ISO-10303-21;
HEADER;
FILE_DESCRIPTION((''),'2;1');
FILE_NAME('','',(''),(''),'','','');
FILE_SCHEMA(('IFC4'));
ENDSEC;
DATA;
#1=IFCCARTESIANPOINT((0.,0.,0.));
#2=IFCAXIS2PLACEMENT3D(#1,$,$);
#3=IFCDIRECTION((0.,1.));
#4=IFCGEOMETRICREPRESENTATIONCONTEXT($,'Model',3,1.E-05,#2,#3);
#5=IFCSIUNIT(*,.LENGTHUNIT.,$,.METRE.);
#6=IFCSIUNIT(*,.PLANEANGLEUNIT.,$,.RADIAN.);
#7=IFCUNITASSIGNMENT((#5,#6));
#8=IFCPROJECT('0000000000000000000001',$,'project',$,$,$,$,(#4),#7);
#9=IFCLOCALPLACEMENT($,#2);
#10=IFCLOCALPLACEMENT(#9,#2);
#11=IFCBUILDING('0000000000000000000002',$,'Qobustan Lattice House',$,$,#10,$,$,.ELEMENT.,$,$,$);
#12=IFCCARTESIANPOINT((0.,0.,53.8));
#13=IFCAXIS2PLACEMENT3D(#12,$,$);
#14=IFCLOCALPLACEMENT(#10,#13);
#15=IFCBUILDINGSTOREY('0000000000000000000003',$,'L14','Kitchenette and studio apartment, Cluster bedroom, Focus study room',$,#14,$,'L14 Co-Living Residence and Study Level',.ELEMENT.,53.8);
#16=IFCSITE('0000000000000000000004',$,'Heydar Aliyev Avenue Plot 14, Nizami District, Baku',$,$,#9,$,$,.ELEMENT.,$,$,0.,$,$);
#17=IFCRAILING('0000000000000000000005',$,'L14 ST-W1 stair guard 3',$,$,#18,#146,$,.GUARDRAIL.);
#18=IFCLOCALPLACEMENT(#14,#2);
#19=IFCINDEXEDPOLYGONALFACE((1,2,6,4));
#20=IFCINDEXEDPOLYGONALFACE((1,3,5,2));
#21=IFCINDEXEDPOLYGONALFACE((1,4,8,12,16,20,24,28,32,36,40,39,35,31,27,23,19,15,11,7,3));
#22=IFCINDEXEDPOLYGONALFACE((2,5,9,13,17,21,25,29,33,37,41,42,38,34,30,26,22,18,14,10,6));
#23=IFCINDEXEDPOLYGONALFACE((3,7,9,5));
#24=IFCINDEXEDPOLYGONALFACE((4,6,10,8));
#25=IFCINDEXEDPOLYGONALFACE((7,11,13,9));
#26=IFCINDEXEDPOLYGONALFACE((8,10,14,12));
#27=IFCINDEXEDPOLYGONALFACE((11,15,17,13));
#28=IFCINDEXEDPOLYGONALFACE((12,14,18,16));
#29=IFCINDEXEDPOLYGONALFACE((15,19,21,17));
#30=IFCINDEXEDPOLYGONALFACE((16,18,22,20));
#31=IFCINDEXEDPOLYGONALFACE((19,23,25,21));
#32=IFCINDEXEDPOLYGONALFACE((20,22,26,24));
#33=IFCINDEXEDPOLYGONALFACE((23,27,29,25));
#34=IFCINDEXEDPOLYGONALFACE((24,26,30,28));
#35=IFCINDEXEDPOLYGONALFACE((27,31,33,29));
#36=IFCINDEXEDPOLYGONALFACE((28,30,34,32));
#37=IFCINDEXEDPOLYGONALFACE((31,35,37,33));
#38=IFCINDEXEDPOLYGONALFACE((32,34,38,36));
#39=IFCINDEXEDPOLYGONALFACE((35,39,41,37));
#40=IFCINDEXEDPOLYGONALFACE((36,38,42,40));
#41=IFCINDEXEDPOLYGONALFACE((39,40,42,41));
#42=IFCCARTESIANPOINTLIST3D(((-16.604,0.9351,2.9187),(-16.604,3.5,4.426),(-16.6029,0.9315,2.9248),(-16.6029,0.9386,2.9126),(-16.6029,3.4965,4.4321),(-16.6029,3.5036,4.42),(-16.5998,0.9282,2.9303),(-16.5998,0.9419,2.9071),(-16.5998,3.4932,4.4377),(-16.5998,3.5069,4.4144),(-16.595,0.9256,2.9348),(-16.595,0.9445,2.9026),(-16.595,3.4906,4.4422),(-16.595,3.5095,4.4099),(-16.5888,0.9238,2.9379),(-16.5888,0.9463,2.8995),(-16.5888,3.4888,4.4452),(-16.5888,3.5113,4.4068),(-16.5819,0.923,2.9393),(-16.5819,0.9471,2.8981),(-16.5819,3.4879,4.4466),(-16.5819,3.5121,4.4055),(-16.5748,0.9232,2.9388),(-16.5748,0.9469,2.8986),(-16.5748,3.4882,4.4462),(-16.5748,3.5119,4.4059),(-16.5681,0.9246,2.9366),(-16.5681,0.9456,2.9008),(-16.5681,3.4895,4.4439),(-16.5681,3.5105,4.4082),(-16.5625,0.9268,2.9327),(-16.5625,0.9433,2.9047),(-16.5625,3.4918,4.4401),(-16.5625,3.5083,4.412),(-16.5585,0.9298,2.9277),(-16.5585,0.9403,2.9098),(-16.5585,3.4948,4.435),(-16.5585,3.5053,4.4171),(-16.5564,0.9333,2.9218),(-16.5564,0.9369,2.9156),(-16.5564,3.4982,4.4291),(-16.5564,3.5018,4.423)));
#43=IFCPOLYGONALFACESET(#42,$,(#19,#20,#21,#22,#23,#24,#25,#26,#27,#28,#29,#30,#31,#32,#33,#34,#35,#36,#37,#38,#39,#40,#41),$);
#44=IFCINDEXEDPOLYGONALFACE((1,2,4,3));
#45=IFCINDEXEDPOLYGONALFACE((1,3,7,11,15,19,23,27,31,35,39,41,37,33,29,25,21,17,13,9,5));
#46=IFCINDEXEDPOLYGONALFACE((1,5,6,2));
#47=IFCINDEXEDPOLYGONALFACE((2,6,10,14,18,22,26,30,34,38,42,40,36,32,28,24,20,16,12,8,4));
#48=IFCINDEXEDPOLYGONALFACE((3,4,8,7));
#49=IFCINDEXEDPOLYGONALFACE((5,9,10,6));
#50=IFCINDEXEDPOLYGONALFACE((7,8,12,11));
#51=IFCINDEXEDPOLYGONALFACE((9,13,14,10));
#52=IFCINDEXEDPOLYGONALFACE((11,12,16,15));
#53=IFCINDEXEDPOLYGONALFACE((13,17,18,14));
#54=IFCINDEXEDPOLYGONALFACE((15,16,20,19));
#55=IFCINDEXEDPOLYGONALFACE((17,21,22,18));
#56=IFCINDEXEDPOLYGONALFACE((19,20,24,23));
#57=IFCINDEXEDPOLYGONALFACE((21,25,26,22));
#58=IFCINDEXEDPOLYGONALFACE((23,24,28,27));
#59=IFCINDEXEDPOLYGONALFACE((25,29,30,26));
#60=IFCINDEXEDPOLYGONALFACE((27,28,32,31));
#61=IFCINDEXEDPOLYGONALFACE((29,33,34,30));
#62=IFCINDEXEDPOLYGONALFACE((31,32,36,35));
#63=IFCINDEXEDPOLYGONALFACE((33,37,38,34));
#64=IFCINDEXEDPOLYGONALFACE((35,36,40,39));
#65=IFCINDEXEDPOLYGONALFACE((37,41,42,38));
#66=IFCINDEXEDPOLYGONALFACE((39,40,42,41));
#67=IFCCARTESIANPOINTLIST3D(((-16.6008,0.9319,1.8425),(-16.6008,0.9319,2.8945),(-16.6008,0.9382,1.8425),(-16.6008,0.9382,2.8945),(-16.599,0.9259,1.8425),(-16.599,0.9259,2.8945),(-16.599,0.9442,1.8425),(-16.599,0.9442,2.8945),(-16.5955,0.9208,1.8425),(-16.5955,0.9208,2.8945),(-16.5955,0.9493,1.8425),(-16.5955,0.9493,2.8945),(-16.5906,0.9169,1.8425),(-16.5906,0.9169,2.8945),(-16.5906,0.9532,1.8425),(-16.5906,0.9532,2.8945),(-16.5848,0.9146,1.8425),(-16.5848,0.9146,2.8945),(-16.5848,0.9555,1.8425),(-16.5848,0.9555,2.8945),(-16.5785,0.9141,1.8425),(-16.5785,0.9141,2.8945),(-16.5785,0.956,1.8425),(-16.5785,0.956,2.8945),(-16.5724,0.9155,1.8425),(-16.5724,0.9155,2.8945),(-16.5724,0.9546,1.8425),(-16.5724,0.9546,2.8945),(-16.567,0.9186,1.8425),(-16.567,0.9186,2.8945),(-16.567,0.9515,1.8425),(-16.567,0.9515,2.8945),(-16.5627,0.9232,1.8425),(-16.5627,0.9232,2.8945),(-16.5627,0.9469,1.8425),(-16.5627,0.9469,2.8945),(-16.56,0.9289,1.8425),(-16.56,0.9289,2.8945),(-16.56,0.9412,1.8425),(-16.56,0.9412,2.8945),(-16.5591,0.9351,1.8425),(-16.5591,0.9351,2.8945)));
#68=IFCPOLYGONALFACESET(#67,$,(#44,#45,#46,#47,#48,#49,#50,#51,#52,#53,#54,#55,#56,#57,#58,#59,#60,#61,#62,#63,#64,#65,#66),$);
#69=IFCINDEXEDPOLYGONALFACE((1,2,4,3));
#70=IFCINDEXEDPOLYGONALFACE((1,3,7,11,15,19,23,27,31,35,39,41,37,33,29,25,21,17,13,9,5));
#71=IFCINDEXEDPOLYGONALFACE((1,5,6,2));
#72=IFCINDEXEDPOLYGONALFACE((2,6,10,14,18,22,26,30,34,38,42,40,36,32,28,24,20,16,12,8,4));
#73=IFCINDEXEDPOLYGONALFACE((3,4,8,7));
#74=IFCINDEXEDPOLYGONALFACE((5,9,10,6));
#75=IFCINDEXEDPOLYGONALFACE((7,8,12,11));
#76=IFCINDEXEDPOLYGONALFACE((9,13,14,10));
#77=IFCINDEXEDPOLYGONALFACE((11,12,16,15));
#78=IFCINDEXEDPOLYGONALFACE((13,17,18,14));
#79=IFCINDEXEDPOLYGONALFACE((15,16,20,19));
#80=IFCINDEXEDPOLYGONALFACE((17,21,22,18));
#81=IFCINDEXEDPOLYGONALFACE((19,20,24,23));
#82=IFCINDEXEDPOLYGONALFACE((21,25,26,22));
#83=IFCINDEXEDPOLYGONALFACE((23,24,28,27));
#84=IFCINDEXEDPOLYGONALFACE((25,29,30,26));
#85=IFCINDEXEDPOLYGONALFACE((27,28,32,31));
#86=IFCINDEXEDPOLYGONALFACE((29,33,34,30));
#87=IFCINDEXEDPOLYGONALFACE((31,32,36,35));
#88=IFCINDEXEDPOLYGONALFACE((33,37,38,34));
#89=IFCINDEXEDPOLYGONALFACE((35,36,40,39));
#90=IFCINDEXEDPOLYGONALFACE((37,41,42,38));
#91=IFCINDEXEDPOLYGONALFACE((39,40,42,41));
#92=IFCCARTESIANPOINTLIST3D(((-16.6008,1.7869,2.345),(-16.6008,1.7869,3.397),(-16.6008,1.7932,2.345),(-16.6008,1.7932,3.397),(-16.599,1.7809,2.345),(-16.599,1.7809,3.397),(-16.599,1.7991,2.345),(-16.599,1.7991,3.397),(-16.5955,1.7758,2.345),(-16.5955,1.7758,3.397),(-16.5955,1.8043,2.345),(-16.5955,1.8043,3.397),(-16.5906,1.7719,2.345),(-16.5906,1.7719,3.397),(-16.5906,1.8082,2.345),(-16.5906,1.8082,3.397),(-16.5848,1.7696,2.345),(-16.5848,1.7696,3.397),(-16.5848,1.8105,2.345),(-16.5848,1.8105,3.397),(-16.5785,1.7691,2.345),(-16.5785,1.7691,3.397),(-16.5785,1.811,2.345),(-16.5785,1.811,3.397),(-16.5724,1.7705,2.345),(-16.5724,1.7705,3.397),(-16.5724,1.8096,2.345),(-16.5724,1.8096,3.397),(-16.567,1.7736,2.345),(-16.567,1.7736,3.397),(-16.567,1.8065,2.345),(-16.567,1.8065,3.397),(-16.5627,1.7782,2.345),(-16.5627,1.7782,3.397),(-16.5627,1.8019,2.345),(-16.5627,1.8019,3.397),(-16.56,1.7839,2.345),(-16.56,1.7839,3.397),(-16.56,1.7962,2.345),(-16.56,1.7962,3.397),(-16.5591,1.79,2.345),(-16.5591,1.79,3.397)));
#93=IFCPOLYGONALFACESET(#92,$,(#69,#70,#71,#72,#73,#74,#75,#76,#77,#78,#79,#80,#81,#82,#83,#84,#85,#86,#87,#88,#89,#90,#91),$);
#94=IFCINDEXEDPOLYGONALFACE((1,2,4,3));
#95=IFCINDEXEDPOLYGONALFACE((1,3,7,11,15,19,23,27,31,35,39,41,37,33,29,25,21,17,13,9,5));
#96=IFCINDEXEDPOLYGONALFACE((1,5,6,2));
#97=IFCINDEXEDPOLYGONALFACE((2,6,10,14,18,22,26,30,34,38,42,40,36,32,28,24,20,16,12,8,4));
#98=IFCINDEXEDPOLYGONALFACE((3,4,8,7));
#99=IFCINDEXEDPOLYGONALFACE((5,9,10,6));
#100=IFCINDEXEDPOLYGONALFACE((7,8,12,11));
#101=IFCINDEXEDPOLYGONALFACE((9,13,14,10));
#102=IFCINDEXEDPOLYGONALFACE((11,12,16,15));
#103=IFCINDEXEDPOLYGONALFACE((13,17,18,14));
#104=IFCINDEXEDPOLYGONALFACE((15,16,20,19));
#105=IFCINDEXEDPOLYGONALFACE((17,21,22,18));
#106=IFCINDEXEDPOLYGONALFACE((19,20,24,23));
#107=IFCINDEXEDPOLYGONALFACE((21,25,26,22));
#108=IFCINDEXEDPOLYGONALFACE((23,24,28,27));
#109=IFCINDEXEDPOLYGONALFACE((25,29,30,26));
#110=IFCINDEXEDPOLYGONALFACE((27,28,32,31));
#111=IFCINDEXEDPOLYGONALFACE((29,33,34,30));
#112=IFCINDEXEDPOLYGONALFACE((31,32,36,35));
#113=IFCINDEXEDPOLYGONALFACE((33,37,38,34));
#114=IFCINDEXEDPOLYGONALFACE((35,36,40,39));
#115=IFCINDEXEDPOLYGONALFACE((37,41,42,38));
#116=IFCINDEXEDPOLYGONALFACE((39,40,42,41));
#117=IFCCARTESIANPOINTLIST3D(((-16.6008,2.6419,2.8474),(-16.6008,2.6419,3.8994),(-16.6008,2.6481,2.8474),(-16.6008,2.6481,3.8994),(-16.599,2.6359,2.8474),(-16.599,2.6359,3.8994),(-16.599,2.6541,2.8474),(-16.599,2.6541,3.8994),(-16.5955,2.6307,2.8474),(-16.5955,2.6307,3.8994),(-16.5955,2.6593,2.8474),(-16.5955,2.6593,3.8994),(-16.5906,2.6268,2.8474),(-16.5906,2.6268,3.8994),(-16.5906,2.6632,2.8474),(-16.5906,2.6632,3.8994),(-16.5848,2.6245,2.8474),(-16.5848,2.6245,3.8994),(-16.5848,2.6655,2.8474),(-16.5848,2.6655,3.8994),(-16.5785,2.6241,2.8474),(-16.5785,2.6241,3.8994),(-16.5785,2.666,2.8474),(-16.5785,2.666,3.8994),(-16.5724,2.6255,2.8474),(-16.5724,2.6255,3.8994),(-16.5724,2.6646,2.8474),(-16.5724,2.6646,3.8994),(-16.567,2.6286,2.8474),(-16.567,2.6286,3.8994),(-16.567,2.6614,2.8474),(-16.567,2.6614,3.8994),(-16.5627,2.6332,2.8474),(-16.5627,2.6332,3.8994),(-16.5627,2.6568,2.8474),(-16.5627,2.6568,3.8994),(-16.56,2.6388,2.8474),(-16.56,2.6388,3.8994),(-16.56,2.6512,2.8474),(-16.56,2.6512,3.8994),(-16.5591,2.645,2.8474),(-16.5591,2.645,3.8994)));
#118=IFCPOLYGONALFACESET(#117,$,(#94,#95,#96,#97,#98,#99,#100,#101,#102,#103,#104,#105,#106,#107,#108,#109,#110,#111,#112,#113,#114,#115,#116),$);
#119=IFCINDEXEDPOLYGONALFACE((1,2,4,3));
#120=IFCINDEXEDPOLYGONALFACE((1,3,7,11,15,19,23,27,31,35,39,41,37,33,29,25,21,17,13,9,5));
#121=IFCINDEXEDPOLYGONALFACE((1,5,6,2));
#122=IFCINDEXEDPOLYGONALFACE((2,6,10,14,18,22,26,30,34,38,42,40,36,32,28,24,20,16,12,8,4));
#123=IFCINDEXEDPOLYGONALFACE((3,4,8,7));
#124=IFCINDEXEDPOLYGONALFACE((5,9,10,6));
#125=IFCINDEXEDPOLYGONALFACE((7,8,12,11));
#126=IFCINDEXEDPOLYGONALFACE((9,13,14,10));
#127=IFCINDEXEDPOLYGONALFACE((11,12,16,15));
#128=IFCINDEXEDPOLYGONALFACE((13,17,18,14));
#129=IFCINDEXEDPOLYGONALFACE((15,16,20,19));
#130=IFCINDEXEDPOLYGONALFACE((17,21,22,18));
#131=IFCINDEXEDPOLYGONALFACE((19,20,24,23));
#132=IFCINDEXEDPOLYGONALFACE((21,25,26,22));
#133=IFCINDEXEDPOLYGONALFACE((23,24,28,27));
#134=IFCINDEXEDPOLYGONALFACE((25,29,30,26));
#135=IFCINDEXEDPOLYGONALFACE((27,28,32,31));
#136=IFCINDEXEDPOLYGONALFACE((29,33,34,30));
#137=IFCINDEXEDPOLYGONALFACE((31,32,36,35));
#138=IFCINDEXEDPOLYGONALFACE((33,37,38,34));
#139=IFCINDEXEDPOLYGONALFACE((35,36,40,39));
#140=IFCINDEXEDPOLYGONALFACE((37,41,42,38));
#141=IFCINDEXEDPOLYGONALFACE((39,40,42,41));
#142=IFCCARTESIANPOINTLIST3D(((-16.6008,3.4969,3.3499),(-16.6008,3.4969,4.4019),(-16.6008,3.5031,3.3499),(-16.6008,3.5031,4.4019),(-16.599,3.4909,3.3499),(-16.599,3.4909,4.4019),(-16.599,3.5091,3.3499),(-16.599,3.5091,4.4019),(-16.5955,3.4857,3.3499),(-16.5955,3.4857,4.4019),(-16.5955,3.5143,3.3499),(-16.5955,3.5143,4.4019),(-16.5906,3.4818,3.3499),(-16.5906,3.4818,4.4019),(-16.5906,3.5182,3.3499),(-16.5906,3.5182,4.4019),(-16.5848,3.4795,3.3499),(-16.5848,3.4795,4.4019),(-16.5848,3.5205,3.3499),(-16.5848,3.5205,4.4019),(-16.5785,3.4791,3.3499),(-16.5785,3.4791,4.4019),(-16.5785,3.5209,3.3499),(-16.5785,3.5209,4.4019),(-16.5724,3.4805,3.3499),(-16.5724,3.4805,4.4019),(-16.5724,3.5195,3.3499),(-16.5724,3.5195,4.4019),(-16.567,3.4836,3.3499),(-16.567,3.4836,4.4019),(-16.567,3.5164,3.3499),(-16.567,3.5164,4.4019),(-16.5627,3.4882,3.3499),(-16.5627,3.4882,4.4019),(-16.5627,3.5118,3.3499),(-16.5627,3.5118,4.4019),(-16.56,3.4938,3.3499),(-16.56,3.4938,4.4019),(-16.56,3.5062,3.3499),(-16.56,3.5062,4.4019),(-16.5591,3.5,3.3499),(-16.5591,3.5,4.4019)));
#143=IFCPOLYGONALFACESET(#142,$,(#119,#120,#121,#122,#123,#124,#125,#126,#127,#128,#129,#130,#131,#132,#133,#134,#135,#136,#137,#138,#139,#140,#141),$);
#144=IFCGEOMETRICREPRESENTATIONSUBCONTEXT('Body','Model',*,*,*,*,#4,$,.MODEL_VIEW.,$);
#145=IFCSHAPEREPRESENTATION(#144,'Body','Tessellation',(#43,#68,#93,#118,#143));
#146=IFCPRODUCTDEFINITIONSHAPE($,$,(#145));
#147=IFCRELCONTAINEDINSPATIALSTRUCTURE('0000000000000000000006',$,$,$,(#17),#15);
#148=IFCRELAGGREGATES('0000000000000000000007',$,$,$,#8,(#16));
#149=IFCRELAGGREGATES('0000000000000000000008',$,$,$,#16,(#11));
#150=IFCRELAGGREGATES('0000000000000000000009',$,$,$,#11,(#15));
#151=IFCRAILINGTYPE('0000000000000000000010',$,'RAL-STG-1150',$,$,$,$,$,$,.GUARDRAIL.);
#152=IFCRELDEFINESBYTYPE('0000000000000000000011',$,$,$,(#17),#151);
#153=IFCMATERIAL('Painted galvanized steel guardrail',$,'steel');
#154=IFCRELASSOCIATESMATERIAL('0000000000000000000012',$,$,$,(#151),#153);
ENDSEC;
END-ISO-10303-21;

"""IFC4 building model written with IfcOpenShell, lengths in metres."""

from ifc_helpers import new_model, si_unit, direction, frame, origin, origin_2d, place, context, subcontext, project, spatial, circle, extrude, material, type_object, element, save


model = new_model("IFC4")

# Units and contexts
model_context = context("Model", 3, precision=1e-05, world=origin(), true_north=direction((0.0, 1.0)))
body_context = subcontext(model_context, "Body", "Model", "MODEL_VIEW")
ifc_project = project(units=[si_unit("LENGTHUNIT", "METRE"), si_unit("PLANEANGLEUNIT", "RADIAN")], contexts=[model_context])

# Site, building, storey
site_placement = place(None, origin())
site = spatial("IfcSite", under=ifc_project, at=site_placement, Name="Heydar Aliyev Avenue Plot 14, Nizami District, Baku", CompositionType="ELEMENT", RefElevation=0.0)
building_placement = place(site_placement, origin())
building = spatial("IfcBuilding", under=site, at=building_placement, Name="Qobustan Lattice House", CompositionType="ELEMENT")
storey_placement = place(building_placement, frame((0.0, 0.0, 53.8)))
storey = spatial("IfcBuildingStorey", under=building, at=storey_placement, Name="L14", Description="Kitchenette and studio apartment, Cluster bedroom, Focus study room", LongName="L14 Co-Living Residence and Study Level", CompositionType="ELEMENT", Elevation=53.8)

# Railing
ifc_material_1 = material(Name="Painted galvanized steel guardrail", Category="steel")
railing_type_1 = type_object("IfcRailingType", Name="RAL-STG-1150", PredefinedType="GUARDRAIL", material=ifc_material_1)
railing_1_placement = place(storey_placement, frame((-16.5801, 0.9351, 1.8425)))
element("IfcRailing", 1, at=railing_1_placement, inside=storey, type_object=railing_type_1, Name="L14 ST-W1 stair guard 3", PredefinedType="GUARDRAIL", context=body_context, shape_type="SweptSolid", body=[
    extrude(circle(Radius=0.0239, at=origin_2d()), frame((0.0, 0.0, 1.0762), z_axis=(0.0, 0.862149, 0.506654), x_axis=(-1.0, 0.0, 0.0)), (0.0, 0.0, 1.0), 2.9751),
    extrude(circle(Radius=0.021, at=origin_2d()), origin(), (0.0, 0.0, 1.0), 1.052),
    extrude(circle(Radius=0.021, at=origin_2d()), frame((0.0, 0.855, 0.5024)), (0.0, 0.0, 1.0), 1.052),
    extrude(circle(Radius=0.021, at=origin_2d()), frame((0.0, 1.71, 1.0049)), (0.0, 0.0, 1.0), 1.052),
    extrude(circle(Radius=0.021, at=origin_2d()), frame((0.0, 2.5649, 1.5073)), (0.0, 0.0, 1.0), 1.052),
])

save(model, "model.ifc")
